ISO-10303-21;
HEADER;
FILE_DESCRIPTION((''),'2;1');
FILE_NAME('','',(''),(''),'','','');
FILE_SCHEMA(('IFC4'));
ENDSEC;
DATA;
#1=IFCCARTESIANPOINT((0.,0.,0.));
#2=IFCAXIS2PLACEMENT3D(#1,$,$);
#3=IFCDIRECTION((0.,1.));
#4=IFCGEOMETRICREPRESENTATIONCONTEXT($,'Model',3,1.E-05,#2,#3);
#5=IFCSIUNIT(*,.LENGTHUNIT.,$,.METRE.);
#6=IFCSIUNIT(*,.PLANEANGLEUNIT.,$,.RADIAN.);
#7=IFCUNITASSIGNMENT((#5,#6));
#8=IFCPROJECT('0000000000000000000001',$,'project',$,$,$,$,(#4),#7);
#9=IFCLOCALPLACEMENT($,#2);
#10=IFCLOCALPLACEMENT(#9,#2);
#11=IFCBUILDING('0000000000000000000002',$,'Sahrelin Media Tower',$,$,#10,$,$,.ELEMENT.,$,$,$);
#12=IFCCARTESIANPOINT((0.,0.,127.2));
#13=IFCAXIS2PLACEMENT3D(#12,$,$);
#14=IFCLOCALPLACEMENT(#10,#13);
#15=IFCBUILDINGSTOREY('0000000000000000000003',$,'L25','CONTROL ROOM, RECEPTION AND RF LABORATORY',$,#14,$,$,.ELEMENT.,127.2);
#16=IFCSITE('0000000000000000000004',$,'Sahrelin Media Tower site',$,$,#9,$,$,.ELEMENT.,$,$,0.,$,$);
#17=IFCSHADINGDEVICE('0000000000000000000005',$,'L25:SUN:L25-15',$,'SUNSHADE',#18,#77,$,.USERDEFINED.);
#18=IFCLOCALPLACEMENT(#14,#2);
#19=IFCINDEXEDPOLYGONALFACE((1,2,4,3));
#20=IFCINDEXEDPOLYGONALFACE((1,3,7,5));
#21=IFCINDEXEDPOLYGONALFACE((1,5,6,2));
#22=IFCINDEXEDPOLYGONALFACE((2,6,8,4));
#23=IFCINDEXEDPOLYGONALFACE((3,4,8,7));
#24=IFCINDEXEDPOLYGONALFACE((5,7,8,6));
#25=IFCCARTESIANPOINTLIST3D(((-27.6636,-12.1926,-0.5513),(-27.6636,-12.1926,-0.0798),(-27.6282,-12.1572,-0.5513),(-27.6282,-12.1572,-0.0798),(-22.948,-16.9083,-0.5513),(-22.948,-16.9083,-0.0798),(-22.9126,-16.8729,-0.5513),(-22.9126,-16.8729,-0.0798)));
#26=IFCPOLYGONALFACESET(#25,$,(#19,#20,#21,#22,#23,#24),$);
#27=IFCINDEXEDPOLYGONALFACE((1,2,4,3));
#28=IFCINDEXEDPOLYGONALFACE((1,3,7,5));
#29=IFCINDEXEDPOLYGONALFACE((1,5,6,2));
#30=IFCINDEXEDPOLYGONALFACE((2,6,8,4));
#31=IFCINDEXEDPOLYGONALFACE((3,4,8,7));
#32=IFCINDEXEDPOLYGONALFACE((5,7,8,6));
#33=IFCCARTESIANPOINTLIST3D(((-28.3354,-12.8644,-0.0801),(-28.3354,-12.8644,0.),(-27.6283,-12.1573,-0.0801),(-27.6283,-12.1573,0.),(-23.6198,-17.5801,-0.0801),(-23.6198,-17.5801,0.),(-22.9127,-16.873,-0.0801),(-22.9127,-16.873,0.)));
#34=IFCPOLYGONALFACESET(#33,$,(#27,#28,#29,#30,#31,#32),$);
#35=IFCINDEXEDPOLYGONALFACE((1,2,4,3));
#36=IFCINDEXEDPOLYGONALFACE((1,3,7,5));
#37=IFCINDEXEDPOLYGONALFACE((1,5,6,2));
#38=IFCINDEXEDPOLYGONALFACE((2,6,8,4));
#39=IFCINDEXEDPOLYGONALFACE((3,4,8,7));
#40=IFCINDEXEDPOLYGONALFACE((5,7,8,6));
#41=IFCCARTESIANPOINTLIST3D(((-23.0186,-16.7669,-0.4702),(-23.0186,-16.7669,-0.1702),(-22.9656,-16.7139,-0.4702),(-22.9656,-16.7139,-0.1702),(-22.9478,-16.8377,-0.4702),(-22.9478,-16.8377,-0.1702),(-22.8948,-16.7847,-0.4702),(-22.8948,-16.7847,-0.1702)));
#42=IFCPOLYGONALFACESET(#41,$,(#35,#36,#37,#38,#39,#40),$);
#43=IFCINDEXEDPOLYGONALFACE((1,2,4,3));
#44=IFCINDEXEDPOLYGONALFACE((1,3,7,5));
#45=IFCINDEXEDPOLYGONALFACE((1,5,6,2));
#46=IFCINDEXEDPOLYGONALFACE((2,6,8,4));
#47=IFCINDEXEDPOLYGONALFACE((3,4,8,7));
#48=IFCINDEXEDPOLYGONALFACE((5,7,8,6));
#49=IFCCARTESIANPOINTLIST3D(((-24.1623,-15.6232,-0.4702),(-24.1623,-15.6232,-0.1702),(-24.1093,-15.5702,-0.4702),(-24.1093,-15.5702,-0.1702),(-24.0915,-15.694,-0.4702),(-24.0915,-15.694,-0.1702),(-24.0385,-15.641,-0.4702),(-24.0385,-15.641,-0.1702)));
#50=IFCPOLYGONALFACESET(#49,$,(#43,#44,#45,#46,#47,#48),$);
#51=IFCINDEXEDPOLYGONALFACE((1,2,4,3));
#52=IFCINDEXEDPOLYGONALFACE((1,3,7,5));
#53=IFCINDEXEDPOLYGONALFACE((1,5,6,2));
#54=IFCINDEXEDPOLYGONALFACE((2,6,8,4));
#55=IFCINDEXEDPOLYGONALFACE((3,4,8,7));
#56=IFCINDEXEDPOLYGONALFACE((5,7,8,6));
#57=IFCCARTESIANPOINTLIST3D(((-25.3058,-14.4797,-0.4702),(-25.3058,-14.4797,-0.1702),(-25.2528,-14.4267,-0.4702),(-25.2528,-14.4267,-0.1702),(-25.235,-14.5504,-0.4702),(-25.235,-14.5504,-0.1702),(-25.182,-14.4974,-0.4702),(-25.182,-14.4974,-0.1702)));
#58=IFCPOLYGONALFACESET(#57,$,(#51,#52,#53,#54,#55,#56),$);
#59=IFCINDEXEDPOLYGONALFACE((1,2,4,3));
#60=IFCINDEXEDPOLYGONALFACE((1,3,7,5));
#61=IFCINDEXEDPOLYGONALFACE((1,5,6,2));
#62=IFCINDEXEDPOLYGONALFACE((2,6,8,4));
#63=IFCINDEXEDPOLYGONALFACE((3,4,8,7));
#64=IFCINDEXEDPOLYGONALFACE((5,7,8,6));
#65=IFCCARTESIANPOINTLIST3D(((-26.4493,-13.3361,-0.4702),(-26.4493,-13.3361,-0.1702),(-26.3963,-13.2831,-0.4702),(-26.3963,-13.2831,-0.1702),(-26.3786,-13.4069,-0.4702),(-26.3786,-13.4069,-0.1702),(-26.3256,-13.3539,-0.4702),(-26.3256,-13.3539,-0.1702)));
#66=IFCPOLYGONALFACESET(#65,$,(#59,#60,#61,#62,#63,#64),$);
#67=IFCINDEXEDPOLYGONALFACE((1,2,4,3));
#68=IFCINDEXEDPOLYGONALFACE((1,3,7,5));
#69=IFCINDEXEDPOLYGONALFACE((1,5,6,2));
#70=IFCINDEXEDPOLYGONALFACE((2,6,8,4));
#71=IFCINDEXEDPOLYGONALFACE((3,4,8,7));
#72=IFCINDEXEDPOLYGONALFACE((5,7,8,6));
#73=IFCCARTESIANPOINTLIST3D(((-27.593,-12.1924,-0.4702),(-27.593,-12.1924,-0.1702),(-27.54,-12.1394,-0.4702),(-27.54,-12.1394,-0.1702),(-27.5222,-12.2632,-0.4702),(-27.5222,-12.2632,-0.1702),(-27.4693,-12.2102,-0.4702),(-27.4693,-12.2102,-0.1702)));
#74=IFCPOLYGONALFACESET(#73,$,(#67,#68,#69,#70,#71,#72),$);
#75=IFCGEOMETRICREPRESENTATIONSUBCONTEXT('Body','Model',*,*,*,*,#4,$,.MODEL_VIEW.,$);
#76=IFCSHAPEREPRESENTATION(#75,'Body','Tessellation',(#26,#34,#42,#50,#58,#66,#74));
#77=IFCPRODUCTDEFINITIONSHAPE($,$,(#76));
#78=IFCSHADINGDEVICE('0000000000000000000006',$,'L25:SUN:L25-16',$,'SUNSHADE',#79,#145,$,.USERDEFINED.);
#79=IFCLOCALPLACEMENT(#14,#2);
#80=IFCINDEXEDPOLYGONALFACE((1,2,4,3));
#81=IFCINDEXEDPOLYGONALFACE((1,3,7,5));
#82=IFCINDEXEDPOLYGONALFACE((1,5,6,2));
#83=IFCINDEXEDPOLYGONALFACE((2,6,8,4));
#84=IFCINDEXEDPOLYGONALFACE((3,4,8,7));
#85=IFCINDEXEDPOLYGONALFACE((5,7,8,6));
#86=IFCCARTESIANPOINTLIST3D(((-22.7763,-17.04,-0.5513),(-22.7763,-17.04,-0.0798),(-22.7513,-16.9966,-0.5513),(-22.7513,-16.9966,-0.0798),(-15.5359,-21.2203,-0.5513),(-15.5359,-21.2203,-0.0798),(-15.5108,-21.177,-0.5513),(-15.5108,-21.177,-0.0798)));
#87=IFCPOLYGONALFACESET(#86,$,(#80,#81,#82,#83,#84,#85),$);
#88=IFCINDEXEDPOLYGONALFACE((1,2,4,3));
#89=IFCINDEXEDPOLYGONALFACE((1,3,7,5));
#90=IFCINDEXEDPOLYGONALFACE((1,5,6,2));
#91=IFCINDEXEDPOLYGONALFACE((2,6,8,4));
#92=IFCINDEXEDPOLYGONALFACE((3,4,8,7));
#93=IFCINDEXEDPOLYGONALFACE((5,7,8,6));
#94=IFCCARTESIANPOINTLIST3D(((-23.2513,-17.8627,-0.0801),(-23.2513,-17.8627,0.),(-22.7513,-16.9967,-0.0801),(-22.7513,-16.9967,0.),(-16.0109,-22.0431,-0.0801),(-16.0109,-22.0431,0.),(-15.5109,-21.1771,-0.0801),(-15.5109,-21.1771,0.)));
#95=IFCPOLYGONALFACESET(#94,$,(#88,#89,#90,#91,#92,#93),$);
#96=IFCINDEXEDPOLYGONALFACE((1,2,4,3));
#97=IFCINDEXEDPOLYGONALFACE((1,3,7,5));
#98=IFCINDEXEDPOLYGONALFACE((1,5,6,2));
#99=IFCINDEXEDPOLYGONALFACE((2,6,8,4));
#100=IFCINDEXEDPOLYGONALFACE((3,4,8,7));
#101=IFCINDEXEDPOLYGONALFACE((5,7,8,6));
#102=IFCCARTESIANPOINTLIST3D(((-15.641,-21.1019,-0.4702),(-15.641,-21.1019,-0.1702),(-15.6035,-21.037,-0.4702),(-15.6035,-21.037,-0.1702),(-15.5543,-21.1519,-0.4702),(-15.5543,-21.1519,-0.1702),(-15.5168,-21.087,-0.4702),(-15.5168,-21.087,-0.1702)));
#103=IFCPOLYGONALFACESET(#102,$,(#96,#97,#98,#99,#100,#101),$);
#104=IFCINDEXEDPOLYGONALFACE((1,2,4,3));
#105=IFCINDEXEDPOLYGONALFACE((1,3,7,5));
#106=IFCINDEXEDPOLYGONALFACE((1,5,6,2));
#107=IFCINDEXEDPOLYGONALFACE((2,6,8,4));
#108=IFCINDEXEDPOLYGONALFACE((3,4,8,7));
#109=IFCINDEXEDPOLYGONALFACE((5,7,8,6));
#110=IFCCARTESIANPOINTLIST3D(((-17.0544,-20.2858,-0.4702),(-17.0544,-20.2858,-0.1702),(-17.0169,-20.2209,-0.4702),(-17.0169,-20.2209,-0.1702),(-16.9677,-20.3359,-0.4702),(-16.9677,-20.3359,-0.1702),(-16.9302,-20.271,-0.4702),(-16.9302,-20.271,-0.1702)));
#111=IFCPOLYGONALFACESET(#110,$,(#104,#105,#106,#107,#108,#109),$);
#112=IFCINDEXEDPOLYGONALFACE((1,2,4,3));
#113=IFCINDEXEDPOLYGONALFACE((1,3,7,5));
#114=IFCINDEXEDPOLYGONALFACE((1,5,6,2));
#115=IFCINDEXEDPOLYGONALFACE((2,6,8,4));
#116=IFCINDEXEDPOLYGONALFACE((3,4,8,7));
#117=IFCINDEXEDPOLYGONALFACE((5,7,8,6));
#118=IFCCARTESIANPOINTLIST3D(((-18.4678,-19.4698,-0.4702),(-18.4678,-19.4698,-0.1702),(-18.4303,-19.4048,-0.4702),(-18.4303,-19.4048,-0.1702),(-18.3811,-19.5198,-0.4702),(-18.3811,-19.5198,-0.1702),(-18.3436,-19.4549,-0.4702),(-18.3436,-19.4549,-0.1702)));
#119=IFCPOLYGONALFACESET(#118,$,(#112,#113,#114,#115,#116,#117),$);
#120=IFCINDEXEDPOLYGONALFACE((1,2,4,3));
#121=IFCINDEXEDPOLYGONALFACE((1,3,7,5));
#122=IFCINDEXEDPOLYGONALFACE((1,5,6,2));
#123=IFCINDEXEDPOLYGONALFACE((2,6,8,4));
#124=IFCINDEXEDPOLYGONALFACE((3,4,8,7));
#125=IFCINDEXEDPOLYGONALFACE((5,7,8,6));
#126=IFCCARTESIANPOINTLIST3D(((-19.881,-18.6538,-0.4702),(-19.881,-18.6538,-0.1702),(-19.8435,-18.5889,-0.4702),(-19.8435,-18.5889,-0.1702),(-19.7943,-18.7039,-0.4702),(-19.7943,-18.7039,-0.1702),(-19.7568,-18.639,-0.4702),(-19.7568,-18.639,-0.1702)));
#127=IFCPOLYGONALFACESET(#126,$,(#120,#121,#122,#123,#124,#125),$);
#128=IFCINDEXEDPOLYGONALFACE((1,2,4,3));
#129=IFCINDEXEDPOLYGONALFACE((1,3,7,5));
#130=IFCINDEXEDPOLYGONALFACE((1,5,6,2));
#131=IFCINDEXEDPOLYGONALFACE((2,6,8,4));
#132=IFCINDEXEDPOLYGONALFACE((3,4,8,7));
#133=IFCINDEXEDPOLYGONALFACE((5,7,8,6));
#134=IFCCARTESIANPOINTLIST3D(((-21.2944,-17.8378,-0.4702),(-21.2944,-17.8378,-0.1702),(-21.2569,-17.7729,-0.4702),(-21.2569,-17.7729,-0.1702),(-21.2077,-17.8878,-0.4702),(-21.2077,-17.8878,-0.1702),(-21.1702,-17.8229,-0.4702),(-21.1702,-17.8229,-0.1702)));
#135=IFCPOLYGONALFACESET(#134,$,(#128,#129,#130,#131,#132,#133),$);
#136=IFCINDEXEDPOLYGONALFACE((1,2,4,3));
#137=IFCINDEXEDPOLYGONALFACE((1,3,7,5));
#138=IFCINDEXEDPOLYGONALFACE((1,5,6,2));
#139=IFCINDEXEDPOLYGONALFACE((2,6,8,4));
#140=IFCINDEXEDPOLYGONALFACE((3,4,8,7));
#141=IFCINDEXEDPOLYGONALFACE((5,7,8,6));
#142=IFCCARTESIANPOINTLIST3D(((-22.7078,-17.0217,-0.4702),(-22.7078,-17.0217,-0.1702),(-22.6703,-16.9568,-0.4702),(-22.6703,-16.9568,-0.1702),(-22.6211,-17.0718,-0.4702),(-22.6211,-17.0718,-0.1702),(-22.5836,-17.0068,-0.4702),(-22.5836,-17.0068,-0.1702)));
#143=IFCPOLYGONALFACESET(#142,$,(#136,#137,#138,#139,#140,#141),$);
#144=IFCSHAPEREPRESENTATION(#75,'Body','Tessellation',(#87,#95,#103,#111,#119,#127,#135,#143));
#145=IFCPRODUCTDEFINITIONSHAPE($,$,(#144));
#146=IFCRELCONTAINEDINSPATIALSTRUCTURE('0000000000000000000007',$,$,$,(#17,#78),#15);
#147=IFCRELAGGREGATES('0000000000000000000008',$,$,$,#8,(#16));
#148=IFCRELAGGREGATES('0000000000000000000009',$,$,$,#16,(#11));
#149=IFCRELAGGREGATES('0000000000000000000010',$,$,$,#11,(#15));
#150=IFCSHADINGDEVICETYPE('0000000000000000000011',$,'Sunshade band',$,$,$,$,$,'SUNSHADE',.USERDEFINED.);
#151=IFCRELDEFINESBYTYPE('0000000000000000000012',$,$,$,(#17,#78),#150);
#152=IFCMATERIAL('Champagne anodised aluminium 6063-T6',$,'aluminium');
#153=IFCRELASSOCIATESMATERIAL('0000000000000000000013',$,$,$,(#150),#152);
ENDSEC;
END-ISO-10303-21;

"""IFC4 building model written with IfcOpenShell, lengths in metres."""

from ifc_helpers import new_model, si_unit, direction, frame, origin, origin_2d, place, context, subcontext, project, spatial, rectangle, extrude, material, type_object, element, save


model = new_model("IFC4")

# Units and contexts
model_context = context("Model", 3, precision=1e-05, world=origin(), true_north=direction((0.0, 1.0)))
body_context = subcontext(model_context, "Body", "Model", "MODEL_VIEW")
ifc_project = project(units=[si_unit("LENGTHUNIT", "METRE"), si_unit("PLANEANGLEUNIT", "RADIAN")], contexts=[model_context])

# Site, building, storey
site_placement = place(None, origin())
site = spatial("IfcSite", under=ifc_project, at=site_placement, Name="Sahrelin Media Tower site", CompositionType="ELEMENT", RefElevation=0.0)
building_placement = place(site_placement, origin())
building = spatial("IfcBuilding", under=site, at=building_placement, Name="Sahrelin Media Tower", CompositionType="ELEMENT")
storey_placement = place(building_placement, frame((0.0, 0.0, 127.2)))
storey = spatial("IfcBuildingStorey", under=building, at=storey_placement, Name="L25", Description="CONTROL ROOM, RECEPTION AND RF LABORATORY", CompositionType="ELEMENT", Elevation=127.2)

# Shared definitions
ifc_material_1 = material(Name="Champagne anodised aluminium 6063-T6", Category="aluminium")

# Shading devices
placement_1 = place(storey_placement, frame((-25.2563, -14.501, 0.0), z_axis=(0.0, 0.0, 1.0), x_axis=(-0.707107, 0.707107, 0.0)))
shading_device_type_1 = type_object("IfcShadingDeviceType", Name="Sunshade band", ElementType="SUNSHADE", PredefinedType="USERDEFINED", material=ifc_material_1)
element("IfcShadingDevice", 1, at=placement_1, inside=storey, type_object=shading_device_type_1, Name="L25:SUN:L25-15", ObjectType="SUNSHADE", PredefinedType="USERDEFINED", context=body_context, shape_type="SweptSolid", body=[
    extrude(rectangle(XDim=6.6689, YDim=0.05, at=origin_2d()), frame((0.0, 0.0449, -0.5513)), (0.0, 0.0, 1.0), 0.4714),
    extrude(rectangle(XDim=6.6689, YDim=1.0, at=origin_2d()), frame((0.0, 0.52, -0.0801)), (0.0, 0.0, 1.0), 0.0801),
    extrude(rectangle(XDim=0.1001, YDim=0.075, at=origin_2d()), frame((-3.2346, -0.0176, -0.4702)), (0.0, 0.0, 1.0), 0.3),
    extrude(rectangle(XDim=0.1001, YDim=0.075, at=origin_2d()), frame((-1.6172, -0.0176, -0.4702)), (0.0, 0.0, 1.0), 0.3),
    extrude(rectangle(XDim=0.1001, YDim=0.075, at=origin_2d()), frame((0.0, -0.0176, -0.4702)), (0.0, 0.0, 1.0), 0.3),
    extrude(rectangle(XDim=0.1001, YDim=0.075, at=origin_2d()), frame((1.6172, -0.0176, -0.4702)), (0.0, 0.0, 1.0), 0.3),
    extrude(rectangle(XDim=0.1001, YDim=0.075, at=origin_2d()), frame((3.2346, -0.0176, -0.4702)), (0.0, 0.0, 1.0), 0.3),
])
shading_device_1_placement = place(storey_placement, frame((-19.1211, -19.0696, 0.0), z_axis=(0.0, 0.0, 1.0), x_axis=(-0.866019, 0.500011, 0.0)))
element("IfcShadingDevice", 2, at=shading_device_1_placement, inside=storey, type_object=shading_device_type_1, Name="L25:SUN:L25-16", ObjectType="SUNSHADE", PredefinedType="USERDEFINED", context=body_context, shape_type="SweptSolid", body=[
    extrude(rectangle(XDim=8.3606, YDim=0.05, at=origin_2d()), frame((0.0, 0.0449, -0.5513)), (0.0, 0.0, 1.0), 0.4714),
    extrude(rectangle(XDim=8.3606, YDim=1.0, at=origin_2d()), frame((0.0, 0.52, -0.0801)), (0.0, 0.0, 1.0), 0.0801),
    extrude(rectangle(XDim=0.1001, YDim=0.075, at=origin_2d()), frame((-4.0801, -0.0176, -0.4702)), (0.0, 0.0, 1.0), 0.3),
    extrude(rectangle(XDim=0.1001, YDim=0.075, at=origin_2d()), frame((-2.448, -0.0176, -0.4702)), (0.0, 0.0, 1.0), 0.3),
    extrude(rectangle(XDim=0.1001, YDim=0.075, at=origin_2d()), frame((-0.8159, -0.0176, -0.4702)), (0.0, 0.0, 1.0), 0.3),
    extrude(rectangle(XDim=0.1001, YDim=0.075, at=origin_2d()), frame((0.8159, -0.0176, -0.4702)), (0.0, 0.0, 1.0), 0.3),
    extrude(rectangle(XDim=0.1001, YDim=0.075, at=origin_2d()), frame((2.448, -0.0176, -0.4702)), (0.0, 0.0, 1.0), 0.3),
    extrude(rectangle(XDim=0.1001, YDim=0.075, at=origin_2d()), frame((4.0801, -0.0176, -0.4702)), (0.0, 0.0, 1.0), 0.3),
])

save(model, "model.ifc")
